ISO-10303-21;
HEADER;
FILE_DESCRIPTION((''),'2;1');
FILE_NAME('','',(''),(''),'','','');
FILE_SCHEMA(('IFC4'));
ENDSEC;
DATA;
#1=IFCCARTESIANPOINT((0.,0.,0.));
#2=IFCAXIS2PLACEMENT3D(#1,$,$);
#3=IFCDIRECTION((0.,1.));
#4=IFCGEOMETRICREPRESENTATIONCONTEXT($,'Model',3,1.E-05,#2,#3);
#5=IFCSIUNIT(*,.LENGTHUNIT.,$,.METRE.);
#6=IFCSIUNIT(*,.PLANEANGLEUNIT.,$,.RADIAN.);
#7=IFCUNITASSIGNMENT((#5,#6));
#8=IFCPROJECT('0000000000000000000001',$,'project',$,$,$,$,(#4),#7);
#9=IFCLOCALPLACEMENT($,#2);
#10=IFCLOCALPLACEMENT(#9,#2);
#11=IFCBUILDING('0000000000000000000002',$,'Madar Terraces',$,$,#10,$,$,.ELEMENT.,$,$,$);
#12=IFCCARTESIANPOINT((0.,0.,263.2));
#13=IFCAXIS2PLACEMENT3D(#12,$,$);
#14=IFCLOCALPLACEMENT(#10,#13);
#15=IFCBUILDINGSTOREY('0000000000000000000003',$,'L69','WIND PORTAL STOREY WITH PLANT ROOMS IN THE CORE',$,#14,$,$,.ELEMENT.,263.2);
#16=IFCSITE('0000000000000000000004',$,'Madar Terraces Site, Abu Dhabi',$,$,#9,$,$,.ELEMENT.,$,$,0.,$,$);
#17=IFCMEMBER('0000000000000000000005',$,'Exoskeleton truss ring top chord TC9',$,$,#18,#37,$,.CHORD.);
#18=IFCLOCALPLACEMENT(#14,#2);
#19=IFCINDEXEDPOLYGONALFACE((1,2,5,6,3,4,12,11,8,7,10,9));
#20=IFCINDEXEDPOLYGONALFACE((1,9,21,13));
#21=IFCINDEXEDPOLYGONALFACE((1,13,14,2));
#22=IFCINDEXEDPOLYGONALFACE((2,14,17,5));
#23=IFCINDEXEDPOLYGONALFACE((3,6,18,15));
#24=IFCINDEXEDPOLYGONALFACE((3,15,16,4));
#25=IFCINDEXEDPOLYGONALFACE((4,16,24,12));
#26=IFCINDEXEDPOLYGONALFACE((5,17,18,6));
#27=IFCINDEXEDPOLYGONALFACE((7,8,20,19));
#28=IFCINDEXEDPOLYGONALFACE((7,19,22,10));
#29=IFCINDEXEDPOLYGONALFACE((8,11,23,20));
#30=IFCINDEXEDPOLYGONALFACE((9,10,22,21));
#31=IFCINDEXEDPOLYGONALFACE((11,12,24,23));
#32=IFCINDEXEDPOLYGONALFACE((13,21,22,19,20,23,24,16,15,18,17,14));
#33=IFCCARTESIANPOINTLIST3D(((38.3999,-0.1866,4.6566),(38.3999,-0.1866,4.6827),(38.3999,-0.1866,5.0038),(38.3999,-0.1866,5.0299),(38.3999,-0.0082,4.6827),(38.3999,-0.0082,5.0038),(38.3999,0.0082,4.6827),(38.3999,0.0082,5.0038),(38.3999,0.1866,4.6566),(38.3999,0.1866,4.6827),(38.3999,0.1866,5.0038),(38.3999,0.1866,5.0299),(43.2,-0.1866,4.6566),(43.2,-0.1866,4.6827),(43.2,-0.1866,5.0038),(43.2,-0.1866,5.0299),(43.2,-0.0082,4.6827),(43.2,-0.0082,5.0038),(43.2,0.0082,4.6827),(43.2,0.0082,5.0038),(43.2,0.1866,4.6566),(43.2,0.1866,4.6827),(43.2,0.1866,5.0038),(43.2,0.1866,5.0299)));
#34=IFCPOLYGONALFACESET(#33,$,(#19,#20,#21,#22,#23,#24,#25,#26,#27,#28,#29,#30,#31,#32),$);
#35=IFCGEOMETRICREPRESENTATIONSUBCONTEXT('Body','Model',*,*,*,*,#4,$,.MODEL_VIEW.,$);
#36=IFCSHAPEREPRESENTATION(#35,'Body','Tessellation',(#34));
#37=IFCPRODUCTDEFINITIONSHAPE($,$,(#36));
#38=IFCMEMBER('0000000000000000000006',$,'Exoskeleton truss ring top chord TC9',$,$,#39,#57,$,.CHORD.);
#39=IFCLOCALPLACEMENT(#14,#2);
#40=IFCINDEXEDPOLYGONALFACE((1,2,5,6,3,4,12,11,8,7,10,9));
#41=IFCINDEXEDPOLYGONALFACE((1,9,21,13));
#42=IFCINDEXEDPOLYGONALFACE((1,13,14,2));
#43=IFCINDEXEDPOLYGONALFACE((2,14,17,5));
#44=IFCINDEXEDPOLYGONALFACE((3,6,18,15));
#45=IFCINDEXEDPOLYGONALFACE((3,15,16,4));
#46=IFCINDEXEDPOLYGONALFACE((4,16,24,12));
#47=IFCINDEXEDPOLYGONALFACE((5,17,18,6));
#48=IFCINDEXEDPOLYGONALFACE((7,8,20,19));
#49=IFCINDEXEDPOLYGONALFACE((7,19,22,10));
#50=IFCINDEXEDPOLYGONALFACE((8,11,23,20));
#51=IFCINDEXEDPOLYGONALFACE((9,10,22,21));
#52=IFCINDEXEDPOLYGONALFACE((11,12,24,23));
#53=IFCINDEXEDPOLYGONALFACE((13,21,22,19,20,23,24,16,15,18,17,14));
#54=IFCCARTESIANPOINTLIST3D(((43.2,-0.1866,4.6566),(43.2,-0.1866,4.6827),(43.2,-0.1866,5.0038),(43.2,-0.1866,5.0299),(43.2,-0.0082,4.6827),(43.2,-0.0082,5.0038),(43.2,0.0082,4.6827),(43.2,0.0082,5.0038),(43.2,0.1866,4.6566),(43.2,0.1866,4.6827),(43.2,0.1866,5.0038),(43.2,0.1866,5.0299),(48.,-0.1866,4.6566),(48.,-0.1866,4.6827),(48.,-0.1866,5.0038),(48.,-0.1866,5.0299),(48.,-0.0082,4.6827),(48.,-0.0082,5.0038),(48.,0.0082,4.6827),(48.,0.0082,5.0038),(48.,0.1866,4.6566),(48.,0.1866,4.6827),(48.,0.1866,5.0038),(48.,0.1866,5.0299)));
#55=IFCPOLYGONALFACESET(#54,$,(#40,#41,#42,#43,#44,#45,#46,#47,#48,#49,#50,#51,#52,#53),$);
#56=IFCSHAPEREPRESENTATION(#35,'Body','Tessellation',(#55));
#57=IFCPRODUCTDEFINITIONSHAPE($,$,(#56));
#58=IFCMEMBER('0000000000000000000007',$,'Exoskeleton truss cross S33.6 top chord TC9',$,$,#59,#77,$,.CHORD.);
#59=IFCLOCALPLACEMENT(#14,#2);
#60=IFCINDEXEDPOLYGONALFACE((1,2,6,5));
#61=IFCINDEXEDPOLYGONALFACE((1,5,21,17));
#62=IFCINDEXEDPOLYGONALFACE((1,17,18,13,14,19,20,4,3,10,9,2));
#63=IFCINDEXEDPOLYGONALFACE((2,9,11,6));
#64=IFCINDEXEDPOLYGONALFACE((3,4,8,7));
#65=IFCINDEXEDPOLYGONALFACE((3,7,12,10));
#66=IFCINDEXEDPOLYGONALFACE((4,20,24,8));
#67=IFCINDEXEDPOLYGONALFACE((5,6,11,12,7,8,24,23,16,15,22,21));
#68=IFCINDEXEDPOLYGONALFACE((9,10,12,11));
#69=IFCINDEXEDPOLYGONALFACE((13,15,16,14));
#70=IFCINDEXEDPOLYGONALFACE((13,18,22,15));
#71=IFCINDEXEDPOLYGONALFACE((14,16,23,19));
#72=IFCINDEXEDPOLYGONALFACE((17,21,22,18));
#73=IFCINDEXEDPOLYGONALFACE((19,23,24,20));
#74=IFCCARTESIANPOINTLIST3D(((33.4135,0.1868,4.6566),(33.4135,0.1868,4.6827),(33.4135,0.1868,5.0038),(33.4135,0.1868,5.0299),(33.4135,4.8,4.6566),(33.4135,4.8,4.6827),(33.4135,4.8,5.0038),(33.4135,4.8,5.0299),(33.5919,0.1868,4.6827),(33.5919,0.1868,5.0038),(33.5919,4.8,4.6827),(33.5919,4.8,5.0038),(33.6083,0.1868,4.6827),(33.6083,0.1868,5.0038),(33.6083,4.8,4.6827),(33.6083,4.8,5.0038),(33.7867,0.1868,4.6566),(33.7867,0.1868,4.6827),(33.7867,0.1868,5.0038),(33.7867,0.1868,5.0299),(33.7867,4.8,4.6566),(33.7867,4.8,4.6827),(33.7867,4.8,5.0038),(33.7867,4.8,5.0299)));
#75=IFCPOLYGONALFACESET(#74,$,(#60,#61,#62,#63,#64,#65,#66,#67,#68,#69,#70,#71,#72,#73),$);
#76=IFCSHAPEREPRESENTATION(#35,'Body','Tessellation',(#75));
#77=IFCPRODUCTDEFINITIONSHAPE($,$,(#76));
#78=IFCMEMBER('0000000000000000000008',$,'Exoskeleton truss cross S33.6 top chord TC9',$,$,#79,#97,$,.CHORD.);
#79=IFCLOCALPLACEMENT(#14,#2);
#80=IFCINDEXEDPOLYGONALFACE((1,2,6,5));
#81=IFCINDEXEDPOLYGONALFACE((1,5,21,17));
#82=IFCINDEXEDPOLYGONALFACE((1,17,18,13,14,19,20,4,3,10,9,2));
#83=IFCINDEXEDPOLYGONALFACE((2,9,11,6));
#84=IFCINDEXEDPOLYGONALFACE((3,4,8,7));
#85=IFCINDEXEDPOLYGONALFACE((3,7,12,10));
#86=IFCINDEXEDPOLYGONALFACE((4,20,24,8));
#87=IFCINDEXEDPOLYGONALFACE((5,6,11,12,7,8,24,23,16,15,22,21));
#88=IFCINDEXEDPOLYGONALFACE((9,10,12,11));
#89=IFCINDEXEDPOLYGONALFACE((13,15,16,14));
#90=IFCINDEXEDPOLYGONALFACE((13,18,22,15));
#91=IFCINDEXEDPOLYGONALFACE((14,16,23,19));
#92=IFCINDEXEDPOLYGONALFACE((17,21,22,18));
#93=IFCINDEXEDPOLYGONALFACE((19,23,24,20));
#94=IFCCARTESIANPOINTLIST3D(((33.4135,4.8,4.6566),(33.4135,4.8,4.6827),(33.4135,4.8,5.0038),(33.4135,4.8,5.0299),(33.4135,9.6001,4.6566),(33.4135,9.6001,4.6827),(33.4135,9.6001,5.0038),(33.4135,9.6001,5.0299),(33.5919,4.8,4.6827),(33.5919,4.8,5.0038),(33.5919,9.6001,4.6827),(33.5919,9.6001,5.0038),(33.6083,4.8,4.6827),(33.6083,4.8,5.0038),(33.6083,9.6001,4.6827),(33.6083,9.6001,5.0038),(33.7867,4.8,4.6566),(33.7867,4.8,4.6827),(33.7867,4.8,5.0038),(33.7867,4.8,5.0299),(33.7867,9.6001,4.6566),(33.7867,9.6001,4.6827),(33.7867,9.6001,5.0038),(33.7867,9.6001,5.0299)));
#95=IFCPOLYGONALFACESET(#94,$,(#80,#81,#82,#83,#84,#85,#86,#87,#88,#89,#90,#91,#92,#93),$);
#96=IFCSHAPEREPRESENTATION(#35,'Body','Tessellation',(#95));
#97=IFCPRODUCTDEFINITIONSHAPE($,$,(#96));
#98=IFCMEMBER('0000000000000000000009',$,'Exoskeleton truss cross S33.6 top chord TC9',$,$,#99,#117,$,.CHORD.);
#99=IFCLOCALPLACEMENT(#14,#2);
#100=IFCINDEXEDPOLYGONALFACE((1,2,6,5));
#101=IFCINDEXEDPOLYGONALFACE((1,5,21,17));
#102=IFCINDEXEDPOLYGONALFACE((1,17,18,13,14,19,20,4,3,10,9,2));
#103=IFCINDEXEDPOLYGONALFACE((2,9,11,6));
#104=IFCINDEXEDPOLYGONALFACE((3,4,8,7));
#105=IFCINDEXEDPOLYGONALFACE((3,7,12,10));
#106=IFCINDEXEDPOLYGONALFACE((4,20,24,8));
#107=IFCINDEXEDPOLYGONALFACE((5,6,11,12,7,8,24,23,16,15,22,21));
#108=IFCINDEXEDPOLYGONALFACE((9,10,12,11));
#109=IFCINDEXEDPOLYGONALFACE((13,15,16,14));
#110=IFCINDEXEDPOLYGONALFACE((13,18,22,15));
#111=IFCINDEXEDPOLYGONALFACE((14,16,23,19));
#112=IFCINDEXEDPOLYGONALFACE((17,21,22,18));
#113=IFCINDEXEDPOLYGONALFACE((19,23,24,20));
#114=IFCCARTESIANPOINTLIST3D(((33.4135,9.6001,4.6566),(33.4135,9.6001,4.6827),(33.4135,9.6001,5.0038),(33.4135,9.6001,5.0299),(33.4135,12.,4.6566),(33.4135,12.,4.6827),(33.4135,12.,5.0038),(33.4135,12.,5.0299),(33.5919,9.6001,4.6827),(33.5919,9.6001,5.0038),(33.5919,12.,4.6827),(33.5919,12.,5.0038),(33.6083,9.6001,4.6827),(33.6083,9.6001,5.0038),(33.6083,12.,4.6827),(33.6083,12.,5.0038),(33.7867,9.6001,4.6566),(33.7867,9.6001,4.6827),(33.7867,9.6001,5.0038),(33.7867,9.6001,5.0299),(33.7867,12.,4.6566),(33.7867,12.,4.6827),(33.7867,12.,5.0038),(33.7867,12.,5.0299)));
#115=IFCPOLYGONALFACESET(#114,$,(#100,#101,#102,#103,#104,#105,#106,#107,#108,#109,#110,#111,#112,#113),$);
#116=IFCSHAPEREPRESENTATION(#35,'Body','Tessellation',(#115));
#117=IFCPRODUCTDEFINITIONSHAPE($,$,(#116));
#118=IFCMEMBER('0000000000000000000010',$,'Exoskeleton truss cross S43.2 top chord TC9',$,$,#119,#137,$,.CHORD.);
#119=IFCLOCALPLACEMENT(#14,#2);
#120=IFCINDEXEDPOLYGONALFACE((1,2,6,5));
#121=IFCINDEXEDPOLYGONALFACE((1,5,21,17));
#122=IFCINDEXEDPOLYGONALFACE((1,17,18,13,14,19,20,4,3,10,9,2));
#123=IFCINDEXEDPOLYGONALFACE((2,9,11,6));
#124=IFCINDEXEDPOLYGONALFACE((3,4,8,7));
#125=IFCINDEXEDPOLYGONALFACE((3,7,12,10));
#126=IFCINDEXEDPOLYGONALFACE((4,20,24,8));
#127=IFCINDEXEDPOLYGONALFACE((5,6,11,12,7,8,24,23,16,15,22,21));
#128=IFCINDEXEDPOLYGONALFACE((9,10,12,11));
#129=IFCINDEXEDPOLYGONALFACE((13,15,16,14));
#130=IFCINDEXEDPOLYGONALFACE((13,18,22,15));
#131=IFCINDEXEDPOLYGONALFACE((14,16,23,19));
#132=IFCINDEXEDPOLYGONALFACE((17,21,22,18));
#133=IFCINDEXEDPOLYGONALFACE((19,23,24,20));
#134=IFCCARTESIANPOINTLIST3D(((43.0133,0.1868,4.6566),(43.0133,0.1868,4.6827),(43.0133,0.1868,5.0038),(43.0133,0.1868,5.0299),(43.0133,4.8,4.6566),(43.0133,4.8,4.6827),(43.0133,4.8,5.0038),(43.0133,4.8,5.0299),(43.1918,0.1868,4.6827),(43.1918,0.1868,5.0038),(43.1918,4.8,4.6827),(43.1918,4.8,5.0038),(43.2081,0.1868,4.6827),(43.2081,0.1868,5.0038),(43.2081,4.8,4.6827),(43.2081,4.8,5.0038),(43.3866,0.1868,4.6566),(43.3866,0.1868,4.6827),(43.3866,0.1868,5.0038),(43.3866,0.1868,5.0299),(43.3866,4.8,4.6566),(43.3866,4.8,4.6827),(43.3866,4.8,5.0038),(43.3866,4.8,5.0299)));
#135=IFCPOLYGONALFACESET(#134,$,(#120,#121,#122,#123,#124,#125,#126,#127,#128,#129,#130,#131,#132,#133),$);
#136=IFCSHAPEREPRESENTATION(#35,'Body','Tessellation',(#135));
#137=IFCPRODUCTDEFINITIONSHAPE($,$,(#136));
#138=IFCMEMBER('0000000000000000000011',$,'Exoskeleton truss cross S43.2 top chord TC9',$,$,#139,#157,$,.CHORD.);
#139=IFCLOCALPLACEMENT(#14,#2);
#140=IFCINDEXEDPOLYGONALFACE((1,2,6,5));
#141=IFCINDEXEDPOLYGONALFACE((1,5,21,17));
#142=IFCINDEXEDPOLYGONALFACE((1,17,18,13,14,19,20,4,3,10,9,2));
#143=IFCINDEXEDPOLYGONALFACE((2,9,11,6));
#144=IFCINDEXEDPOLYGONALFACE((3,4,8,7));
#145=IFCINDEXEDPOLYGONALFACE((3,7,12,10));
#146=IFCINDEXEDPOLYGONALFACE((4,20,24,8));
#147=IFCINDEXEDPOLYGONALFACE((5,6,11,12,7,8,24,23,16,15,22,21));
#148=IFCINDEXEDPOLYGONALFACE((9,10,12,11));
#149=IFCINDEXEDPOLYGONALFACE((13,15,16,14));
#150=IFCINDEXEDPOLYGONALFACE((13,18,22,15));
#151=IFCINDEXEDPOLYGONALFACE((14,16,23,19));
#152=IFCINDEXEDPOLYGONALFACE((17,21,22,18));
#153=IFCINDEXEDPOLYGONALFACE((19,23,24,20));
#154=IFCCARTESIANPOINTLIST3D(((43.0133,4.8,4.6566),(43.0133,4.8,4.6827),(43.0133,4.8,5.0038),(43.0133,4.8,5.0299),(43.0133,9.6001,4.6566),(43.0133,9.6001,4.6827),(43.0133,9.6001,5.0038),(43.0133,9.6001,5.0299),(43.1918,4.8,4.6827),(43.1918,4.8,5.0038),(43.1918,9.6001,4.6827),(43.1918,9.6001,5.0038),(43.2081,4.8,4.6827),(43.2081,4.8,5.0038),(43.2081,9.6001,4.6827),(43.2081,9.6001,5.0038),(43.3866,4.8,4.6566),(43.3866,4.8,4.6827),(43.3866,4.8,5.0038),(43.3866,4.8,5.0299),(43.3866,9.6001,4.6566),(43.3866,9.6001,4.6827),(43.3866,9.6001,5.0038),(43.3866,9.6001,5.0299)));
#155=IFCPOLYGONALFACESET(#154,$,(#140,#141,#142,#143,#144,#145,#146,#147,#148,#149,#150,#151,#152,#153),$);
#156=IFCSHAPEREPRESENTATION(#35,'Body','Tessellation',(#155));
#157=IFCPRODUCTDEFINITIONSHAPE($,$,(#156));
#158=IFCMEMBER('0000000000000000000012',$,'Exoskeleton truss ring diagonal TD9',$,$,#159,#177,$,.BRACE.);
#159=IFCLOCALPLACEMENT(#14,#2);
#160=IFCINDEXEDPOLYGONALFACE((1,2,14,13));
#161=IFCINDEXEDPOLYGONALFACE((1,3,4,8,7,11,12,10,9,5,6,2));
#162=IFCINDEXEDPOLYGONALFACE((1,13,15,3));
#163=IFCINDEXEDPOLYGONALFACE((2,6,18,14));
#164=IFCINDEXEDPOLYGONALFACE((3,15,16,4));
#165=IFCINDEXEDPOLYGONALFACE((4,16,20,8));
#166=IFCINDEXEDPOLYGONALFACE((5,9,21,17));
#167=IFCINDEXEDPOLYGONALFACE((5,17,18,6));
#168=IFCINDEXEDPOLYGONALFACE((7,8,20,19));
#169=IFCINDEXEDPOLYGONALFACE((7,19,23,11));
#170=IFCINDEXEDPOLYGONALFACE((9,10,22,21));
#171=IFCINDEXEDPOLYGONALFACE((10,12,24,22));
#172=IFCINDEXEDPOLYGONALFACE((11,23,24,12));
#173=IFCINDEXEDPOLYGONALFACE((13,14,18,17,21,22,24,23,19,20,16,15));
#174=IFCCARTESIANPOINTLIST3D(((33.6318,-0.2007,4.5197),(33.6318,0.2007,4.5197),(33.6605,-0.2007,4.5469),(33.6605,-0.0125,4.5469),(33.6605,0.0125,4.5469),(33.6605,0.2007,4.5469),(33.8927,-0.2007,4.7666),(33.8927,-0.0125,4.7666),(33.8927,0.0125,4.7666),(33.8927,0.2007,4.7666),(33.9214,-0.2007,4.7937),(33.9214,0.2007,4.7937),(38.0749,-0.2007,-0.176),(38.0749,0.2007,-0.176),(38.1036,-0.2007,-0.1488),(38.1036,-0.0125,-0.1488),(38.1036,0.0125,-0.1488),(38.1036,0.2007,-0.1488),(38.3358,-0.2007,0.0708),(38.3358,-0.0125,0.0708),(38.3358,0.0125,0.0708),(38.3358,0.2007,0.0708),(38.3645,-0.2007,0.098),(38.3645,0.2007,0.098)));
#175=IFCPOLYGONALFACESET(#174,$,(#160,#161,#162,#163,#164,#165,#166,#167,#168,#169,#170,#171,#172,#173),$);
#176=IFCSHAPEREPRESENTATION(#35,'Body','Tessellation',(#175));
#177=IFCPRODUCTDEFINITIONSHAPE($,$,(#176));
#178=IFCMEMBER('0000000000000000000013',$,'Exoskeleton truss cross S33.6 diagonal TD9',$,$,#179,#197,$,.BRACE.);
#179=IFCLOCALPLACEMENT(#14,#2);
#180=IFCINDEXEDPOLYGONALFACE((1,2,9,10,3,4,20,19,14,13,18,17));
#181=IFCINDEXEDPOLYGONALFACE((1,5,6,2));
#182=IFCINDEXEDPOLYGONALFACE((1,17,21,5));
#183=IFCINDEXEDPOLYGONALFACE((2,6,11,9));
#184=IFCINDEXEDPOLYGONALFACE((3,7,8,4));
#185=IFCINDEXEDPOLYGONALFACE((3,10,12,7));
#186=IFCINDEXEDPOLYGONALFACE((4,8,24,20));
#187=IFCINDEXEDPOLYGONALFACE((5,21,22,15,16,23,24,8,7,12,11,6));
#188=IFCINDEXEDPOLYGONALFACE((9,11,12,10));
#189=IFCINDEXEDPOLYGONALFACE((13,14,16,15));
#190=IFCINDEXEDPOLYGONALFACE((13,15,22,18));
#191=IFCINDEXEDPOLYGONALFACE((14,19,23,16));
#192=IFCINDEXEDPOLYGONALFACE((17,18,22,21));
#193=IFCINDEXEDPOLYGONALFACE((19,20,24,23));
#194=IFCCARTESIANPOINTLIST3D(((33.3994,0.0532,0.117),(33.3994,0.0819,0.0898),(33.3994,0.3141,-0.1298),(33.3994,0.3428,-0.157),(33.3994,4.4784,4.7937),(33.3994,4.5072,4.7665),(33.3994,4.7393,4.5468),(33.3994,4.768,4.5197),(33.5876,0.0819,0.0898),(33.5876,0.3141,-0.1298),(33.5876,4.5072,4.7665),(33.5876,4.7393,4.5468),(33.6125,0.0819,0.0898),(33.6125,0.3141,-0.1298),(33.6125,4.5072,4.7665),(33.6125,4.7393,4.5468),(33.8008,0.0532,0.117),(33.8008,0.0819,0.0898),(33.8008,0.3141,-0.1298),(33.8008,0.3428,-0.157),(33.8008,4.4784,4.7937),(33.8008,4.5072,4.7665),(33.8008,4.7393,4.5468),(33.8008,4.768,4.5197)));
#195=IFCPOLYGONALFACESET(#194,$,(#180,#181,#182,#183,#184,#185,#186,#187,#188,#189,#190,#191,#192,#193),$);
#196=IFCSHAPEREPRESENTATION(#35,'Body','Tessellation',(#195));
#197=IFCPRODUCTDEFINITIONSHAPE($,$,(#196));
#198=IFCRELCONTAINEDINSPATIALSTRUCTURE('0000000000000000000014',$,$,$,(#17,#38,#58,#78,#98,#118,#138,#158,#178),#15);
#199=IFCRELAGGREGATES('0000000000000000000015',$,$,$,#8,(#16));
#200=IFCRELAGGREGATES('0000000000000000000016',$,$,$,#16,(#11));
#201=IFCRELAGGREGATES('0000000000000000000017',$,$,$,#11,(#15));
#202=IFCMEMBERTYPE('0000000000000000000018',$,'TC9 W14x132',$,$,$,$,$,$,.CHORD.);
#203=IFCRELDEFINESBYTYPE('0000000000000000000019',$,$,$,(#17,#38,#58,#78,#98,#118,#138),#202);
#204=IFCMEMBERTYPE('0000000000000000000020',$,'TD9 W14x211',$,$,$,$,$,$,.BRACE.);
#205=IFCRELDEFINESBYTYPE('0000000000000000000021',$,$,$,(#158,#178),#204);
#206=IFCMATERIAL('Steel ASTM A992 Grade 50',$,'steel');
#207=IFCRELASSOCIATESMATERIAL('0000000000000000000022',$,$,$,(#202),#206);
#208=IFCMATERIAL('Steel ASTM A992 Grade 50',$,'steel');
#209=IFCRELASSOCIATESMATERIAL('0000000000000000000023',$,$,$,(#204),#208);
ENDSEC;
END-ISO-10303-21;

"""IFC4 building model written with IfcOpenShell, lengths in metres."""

from ifc_helpers import new_model, si_unit, direction, frame, origin, origin_2d, place, context, subcontext, project, spatial, i_section, extrude, material, material_profile, profile_set, type_object, element, save


model = new_model("IFC4")

# Units and contexts
model_context = context("Model", 3, precision=1e-05, world=origin(), true_north=direction((0.0, 1.0)))
body_context = subcontext(model_context, "Body", "Model", "MODEL_VIEW")
ifc_project = project(units=[si_unit("LENGTHUNIT", "METRE"), si_unit("PLANEANGLEUNIT", "RADIAN")], contexts=[model_context])

# Site, building, storey
site_placement = place(None, origin())
site = spatial("IfcSite", under=ifc_project, at=site_placement, Name="Madar Terraces Site, Abu Dhabi", CompositionType="ELEMENT", RefElevation=0.0)
building_placement = place(site_placement, origin())
building = spatial("IfcBuilding", under=site, at=building_placement, Name="Madar Terraces", CompositionType="ELEMENT")
storey_placement = place(building_placement, frame((0.0, 0.0, 263.2)))
storey = spatial("IfcBuildingStorey", under=building, at=storey_placement, Name="L69", Description="WIND PORTAL STOREY WITH PLANT ROOMS IN THE CORE", CompositionType="ELEMENT", Elevation=263.2)

# Members
ifc_material_1 = material(Name="Steel ASTM A992 Grade 50", Category="steel")
ifc_material_profile_1 = material_profile(ifc_material_1, i_section(OverallWidth=0.3733, OverallDepth=0.3733, WebThickness=0.0164, FlangeThickness=0.0261, at=origin_2d()), Name="W14x132")
ifc_profile_set_1 = profile_set([ifc_material_profile_1], Name="Steel ASTM A992 Grade 50")
member_type_1 = type_object("IfcMemberType", Name="TC9 W14x132", PredefinedType="CHORD", material=ifc_profile_set_1)
for number, where, z_axis, x_axis, name in (
    (1, (38.3999, 0.0, 4.8433), (1.0, 0.0, 0.0), (0.0, 1.0, 0.0), "Exoskeleton truss ring top chord TC9"),
    (2, (43.2, 0.0, 4.8433), (1.0, 0.0, 0.0), (0.0, 1.0, 0.0), "Exoskeleton truss ring top chord TC9"),
):
    element("IfcMember", number, at=place(storey_placement, frame(where, z_axis=z_axis, x_axis=x_axis)), inside=storey, type_object=member_type_1, Name=name, PredefinedType="CHORD", context=body_context, shape_type="SweptSolid", body=[
        extrude(i_section(OverallWidth=0.3733, OverallDepth=0.3733, WebThickness=0.0164, FlangeThickness=0.0261, at=origin_2d()), origin(), (0.0, 0.0, 1.0), 4.8),
    ])
member_1_placement = place(storey_placement, frame((33.6001, 0.1868, 4.8433), z_axis=(0.0, 1.0, 0.0), x_axis=(-1.0, 0.0, 0.0)))
element("IfcMember", 3, at=member_1_placement, inside=storey, type_object=member_type_1, Name="Exoskeleton truss cross S33.6 top chord TC9", PredefinedType="CHORD", context=body_context, shape_type="SweptSolid", body=[
    extrude(i_section(OverallWidth=0.3733, OverallDepth=0.3733, WebThickness=0.0164, FlangeThickness=0.0261, at=origin_2d()), origin(), (0.0, 0.0, 1.0), 4.6133),
])
member_2_placement = place(storey_placement, frame((33.6001, 4.8, 4.8433), z_axis=(0.0, 1.0, 0.0), x_axis=(-1.0, 0.0, 0.0)))
element("IfcMember", 4, at=member_2_placement, inside=storey, type_object=member_type_1, Name="Exoskeleton truss cross S33.6 top chord TC9", PredefinedType="CHORD", context=body_context, shape_type="SweptSolid", body=[
    extrude(i_section(OverallWidth=0.3733, OverallDepth=0.3733, WebThickness=0.0164, FlangeThickness=0.0261, at=origin_2d()), origin(), (0.0, 0.0, 1.0), 4.8),
])
member_3_placement = place(storey_placement, frame((33.6001, 9.6001, 4.8433), z_axis=(0.0, 1.0, 0.0), x_axis=(-1.0, 0.0, 0.0)))
element("IfcMember", 5, at=member_3_placement, inside=storey, type_object=member_type_1, Name="Exoskeleton truss cross S33.6 top chord TC9", PredefinedType="CHORD", context=body_context, shape_type="SweptSolid", body=[
    extrude(i_section(OverallWidth=0.3733, OverallDepth=0.3733, WebThickness=0.0164, FlangeThickness=0.0261, at=origin_2d()), origin(), (0.0, 0.0, 1.0), 2.3999),
])
member_4_placement = place(storey_placement, frame((43.2, 0.1868, 4.8433), z_axis=(0.0, 1.0, 0.0), x_axis=(-1.0, 0.0, 0.0)))
element("IfcMember", 6, at=member_4_placement, inside=storey, type_object=member_type_1, Name="Exoskeleton truss cross S43.2 top chord TC9", PredefinedType="CHORD", context=body_context, shape_type="SweptSolid", body=[
    extrude(i_section(OverallWidth=0.3733, OverallDepth=0.3733, WebThickness=0.0164, FlangeThickness=0.0261, at=origin_2d()), origin(), (0.0, 0.0, 1.0), 4.6133),
])
member_5_placement = place(storey_placement, frame((43.2, 4.8, 4.8433), z_axis=(0.0, 1.0, 0.0), x_axis=(-1.0, 0.0, 0.0)))
element("IfcMember", 7, at=member_5_placement, inside=storey, type_object=member_type_1, Name="Exoskeleton truss cross S43.2 top chord TC9", PredefinedType="CHORD", context=body_context, shape_type="SweptSolid", body=[
    extrude(i_section(OverallWidth=0.3733, OverallDepth=0.3733, WebThickness=0.0164, FlangeThickness=0.0261, at=origin_2d()), origin(), (0.0, 0.0, 1.0), 4.8),
])
ifc_material_2 = material(Name="Steel ASTM A992 Grade 50", Category="steel")
ifc_material_profile_2 = material_profile(ifc_material_2, i_section(OverallWidth=0.4014, OverallDepth=0.3987, WebThickness=0.0249, FlangeThickness=0.0396, at=origin_2d()), Name="W14x211")
ifc_profile_set_2 = profile_set([ifc_material_profile_2], Name="Steel ASTM A992 Grade 50")
member_type_2 = type_object("IfcMemberType", Name="TD9 W14x211", PredefinedType="BRACE", material=ifc_profile_set_2)
member_6_placement = place(storey_placement, frame((33.7766, 0.0, 4.6567), z_axis=(0.687293, 0.0, -0.72638), x_axis=(0.0, 1.0, 0.0)))
element("IfcMember", 8, at=member_6_placement, inside=storey, type_object=member_type_2, Name="Exoskeleton truss ring diagonal TD9", PredefinedType="BRACE", context=body_context, shape_type="SweptSolid", body=[
    extrude(i_section(OverallWidth=0.4014, OverallDepth=0.3987, WebThickness=0.0249, FlangeThickness=0.0396, at=origin_2d()), origin(), (0.0, 0.0, 1.0), 6.4646),
])
member_7_placement = place(storey_placement, frame((33.6001, 0.198, -0.02), z_axis=(0.0, 0.687309, 0.726365), x_axis=(-1.0, 0.0, 0.0)))
element("IfcMember", 9, at=member_7_placement, inside=storey, type_object=member_type_2, Name="Exoskeleton truss cross S33.6 diagonal TD9", PredefinedType="BRACE", context=body_context, shape_type="SweptSolid", body=[
    extrude(i_section(OverallWidth=0.4014, OverallDepth=0.3987, WebThickness=0.0249, FlangeThickness=0.0396, at=origin_2d()), origin(), (0.0, 0.0, 1.0), 6.4385),
])

save(model, "model.ifc")
